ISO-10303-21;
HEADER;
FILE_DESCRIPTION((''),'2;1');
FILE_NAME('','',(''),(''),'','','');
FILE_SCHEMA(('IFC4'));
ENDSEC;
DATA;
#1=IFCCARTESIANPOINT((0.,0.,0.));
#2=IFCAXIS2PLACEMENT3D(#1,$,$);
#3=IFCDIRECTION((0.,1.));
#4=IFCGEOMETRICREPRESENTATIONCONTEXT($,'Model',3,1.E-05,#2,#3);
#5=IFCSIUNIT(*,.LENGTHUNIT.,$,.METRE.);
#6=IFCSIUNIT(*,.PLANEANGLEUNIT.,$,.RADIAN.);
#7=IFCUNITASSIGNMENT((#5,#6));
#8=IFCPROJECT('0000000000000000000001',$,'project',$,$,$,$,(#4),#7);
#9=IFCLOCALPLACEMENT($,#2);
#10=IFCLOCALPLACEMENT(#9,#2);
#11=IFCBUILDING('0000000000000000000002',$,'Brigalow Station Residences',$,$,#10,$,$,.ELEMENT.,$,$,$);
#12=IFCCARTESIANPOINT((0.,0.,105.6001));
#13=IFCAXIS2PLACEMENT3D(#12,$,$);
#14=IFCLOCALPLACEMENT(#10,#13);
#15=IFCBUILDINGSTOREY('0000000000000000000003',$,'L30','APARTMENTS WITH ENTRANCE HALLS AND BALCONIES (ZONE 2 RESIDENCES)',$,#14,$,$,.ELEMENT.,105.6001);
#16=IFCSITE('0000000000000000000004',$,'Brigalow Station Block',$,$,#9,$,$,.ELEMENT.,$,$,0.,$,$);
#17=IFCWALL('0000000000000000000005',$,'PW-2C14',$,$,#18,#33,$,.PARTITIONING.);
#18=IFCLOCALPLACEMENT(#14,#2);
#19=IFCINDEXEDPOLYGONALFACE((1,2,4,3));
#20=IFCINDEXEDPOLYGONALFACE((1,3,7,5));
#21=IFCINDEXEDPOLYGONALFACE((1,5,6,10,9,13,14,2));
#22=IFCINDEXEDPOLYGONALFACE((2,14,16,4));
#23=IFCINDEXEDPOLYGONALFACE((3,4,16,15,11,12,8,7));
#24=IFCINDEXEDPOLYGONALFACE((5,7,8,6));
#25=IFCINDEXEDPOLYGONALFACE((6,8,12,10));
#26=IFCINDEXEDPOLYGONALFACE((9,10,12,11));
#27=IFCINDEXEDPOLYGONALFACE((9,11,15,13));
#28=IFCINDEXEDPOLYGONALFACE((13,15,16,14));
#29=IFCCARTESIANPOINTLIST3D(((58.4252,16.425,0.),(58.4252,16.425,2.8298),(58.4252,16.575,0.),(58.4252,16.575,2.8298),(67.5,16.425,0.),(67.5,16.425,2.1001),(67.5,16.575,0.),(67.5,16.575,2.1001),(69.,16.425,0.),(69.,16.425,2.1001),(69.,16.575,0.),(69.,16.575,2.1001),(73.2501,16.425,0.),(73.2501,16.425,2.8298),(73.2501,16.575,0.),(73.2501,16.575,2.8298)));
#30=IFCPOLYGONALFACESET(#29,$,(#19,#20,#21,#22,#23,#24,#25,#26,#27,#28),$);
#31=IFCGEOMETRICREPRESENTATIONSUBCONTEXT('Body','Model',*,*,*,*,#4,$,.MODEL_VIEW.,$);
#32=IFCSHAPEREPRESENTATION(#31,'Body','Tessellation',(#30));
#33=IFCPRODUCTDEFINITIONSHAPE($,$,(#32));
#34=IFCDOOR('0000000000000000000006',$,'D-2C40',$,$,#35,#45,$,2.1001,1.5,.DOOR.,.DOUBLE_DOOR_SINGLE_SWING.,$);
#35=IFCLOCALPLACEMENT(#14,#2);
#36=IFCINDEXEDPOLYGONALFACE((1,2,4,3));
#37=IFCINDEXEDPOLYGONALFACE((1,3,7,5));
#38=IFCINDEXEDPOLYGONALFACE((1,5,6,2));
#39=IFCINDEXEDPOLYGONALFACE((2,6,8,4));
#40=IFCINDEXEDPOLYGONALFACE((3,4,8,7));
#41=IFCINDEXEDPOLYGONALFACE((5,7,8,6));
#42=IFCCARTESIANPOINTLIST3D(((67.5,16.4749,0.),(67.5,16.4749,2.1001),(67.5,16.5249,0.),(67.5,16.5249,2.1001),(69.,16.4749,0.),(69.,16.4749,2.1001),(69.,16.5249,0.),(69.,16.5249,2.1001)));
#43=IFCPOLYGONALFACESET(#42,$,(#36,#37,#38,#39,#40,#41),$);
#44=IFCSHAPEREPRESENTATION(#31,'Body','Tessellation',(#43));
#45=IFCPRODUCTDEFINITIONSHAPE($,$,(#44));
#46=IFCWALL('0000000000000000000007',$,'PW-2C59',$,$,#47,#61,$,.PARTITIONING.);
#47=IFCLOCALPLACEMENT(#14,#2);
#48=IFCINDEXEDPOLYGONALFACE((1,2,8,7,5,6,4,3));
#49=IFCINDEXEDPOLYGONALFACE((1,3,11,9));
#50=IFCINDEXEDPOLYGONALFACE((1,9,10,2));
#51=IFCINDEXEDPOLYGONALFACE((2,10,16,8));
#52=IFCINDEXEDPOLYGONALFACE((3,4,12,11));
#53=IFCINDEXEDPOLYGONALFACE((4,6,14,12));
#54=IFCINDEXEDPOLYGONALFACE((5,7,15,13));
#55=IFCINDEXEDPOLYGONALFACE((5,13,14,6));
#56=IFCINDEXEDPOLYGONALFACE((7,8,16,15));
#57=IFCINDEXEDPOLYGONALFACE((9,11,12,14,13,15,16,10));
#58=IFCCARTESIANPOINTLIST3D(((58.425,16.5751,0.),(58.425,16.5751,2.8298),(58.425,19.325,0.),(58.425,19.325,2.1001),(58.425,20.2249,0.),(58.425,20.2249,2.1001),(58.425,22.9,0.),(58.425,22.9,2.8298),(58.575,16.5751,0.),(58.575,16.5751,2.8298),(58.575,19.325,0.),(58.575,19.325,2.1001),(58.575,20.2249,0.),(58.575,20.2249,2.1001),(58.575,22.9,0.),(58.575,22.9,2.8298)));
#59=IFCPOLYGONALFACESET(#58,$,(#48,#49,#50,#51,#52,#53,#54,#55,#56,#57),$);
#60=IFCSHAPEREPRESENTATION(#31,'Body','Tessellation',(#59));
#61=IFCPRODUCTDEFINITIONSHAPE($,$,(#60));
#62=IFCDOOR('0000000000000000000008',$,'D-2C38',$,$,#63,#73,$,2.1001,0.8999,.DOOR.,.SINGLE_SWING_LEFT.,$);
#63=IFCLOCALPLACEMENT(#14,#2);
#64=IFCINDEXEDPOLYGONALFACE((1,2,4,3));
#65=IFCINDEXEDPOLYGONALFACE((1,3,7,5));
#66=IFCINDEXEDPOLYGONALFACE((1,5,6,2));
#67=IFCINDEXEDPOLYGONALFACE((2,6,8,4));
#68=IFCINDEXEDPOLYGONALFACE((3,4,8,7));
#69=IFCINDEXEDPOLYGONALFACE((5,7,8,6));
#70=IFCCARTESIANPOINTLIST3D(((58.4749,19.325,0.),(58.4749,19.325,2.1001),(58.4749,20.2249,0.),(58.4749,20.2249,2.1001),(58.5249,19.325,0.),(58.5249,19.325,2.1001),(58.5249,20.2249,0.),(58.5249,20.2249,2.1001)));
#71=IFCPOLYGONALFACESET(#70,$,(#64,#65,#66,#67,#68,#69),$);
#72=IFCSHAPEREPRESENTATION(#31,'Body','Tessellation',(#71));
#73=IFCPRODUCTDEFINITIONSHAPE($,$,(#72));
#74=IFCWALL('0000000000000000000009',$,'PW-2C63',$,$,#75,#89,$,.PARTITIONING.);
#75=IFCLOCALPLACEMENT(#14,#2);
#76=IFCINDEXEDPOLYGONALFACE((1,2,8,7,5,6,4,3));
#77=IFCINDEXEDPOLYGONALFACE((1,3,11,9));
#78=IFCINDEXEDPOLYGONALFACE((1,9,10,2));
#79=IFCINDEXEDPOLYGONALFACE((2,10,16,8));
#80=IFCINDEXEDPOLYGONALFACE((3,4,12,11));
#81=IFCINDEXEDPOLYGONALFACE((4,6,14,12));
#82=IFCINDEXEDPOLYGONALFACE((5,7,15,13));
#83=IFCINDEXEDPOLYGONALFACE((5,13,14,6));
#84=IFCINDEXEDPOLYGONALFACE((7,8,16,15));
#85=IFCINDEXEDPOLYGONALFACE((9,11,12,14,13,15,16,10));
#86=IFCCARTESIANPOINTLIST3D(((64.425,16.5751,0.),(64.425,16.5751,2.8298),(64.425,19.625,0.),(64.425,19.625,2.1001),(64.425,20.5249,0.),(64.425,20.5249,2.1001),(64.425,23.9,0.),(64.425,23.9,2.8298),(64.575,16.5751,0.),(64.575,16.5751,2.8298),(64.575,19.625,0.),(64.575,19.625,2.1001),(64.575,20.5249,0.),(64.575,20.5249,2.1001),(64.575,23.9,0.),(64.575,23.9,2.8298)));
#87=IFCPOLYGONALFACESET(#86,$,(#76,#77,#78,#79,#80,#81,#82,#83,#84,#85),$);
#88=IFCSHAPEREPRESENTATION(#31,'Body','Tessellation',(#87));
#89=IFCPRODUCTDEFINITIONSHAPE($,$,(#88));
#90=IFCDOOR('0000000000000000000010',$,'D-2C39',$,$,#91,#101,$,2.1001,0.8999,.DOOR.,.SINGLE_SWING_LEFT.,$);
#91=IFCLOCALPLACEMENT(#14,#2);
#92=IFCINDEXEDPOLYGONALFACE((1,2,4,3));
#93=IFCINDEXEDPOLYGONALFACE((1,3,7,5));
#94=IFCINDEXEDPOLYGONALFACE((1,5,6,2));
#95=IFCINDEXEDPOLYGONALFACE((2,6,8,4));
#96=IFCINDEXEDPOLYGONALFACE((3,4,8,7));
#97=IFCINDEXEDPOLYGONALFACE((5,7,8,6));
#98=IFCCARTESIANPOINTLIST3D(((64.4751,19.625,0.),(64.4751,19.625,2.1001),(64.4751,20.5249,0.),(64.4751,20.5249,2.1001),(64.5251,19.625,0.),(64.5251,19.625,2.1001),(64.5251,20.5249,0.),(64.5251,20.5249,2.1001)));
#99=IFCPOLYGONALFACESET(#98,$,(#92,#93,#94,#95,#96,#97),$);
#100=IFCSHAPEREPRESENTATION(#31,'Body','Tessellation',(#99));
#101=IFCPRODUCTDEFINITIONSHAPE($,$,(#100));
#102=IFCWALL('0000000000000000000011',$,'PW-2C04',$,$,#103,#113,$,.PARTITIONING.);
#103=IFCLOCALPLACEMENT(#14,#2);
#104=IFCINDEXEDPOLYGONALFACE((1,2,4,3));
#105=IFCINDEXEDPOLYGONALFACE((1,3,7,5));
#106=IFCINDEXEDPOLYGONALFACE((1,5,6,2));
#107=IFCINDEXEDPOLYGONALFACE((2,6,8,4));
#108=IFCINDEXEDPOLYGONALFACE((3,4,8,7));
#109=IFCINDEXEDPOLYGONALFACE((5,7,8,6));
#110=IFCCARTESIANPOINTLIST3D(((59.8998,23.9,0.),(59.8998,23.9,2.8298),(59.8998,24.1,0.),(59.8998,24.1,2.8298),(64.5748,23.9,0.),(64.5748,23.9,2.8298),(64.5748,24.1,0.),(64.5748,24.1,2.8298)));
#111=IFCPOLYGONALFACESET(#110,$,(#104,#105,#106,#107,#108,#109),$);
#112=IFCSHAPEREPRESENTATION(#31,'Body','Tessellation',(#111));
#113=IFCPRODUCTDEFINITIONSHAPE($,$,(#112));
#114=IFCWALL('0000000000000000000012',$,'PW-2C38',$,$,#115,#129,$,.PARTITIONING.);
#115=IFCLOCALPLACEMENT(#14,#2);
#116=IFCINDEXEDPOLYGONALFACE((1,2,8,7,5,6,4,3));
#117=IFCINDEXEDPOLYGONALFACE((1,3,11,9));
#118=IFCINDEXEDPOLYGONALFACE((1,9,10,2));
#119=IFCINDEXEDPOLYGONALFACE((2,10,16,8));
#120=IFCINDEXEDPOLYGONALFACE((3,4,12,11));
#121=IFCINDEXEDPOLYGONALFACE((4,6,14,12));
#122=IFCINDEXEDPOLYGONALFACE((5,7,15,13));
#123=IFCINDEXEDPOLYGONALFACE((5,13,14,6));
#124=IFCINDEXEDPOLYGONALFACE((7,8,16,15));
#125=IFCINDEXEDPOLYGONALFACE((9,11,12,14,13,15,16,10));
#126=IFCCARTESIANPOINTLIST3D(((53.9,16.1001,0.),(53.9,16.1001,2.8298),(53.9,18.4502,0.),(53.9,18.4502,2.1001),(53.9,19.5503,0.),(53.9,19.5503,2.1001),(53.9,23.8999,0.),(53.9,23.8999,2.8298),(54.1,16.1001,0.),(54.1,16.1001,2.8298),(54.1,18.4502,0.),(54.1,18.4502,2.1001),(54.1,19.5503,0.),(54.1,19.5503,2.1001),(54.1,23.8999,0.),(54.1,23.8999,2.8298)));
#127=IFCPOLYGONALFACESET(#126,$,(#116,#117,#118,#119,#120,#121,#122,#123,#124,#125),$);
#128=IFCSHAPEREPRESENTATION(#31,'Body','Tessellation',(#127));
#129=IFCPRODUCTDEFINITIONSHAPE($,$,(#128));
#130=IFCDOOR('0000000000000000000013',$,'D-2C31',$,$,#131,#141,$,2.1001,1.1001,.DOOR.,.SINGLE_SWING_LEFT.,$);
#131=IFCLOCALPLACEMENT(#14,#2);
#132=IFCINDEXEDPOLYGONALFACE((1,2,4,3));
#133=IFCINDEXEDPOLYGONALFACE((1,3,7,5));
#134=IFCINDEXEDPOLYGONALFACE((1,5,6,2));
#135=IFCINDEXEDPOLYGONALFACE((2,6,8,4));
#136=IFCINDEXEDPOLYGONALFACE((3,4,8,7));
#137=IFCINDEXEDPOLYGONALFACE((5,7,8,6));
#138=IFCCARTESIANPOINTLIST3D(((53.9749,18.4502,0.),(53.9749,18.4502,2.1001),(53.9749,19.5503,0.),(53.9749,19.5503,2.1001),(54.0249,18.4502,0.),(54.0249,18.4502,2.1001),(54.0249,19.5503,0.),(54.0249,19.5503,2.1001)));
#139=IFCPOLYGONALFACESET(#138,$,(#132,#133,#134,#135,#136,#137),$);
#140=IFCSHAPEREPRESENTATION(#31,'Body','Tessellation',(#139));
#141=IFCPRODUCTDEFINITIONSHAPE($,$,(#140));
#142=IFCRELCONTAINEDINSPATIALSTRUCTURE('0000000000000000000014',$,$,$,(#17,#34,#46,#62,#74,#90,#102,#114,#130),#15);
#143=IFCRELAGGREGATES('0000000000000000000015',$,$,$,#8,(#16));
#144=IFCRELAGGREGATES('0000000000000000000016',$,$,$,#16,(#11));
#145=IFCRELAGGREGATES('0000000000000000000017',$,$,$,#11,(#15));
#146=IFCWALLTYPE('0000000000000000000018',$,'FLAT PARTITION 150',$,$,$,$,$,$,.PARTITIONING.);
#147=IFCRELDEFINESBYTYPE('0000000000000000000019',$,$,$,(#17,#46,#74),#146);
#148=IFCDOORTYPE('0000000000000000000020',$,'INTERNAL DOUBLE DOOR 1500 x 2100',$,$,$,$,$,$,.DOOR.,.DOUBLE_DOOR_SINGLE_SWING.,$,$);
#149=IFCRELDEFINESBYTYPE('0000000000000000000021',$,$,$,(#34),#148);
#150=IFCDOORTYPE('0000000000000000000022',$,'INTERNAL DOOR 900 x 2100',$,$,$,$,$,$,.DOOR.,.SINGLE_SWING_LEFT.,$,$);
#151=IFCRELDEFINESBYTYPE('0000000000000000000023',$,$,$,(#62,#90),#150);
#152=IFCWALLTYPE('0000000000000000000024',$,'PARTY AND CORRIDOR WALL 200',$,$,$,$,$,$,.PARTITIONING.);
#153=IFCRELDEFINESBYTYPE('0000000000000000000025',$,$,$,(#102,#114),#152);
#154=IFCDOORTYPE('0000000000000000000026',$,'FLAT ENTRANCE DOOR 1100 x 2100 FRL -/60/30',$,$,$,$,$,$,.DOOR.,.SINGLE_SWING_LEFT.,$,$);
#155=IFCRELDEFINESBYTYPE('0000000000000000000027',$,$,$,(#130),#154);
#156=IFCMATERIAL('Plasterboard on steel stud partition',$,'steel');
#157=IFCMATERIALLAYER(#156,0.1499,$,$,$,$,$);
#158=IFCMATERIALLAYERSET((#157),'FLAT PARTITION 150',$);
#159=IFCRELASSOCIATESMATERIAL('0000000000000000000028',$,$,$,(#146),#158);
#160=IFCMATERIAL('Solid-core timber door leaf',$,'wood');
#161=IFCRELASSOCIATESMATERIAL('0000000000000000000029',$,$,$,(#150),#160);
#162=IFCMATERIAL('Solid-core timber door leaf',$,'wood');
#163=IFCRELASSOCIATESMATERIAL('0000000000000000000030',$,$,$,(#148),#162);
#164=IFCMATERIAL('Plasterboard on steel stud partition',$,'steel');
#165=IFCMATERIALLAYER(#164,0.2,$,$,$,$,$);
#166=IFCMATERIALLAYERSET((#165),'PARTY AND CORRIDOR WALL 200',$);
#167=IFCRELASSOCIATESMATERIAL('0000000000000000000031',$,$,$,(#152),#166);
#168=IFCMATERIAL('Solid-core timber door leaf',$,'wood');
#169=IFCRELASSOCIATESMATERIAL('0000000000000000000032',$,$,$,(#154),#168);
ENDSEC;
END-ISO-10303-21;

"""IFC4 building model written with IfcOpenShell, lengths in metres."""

from ifc_helpers import new_model, si_unit, direction, frame, frame_2d, origin, place, context, subcontext, project, spatial, rectangle, extrude, material, layer, layer_set, type_object, element, fill, save


model = new_model("IFC4")

# Units and contexts
model_context = context("Model", 3, precision=1e-05, world=origin(), true_north=direction((0.0, 1.0)))
body_context = subcontext(model_context, "Body", "Model", "MODEL_VIEW")
ifc_project = project(units=[si_unit("LENGTHUNIT", "METRE"), si_unit("PLANEANGLEUNIT", "RADIAN")], contexts=[model_context])

# Site, building, storey
site_placement = place(None, origin())
site = spatial("IfcSite", under=ifc_project, at=site_placement, Name="Brigalow Station Block", CompositionType="ELEMENT", RefElevation=0.0)
building_placement = place(site_placement, origin())
building = spatial("IfcBuilding", under=site, at=building_placement, Name="Brigalow Station Residences", CompositionType="ELEMENT")
storey_placement = place(building_placement, frame((0.0, 0.0, 105.6001)))
storey = spatial("IfcBuildingStorey", under=building, at=storey_placement, Name="L30", Description="APARTMENTS WITH ENTRANCE HALLS AND BALCONIES (ZONE 2 RESIDENCES)", CompositionType="ELEMENT", Elevation=105.6001)

# Shared definitions
ifc_material_1 = material(Name="Plasterboard on steel stud partition", Category="steel")
ifc_layer_1 = layer(ifc_material_1, 0.1499)
ifc_layer_set_1 = layer_set([ifc_layer_1], Name="FLAT PARTITION 150")
wall_type_1 = type_object("IfcWallType", Name="FLAT PARTITION 150", PredefinedType="PARTITIONING", material=ifc_layer_set_1)
ifc_material_2 = material(Name="Solid-core timber door leaf", Category="wood")
door_type_1 = type_object("IfcDoorType", Name="INTERNAL DOOR 900 x 2100", OperationType="SINGLE_SWING_LEFT", PredefinedType="DOOR", material=ifc_material_2)

# Walls, openings, doors
wall_1_placement = place(storey_placement, frame((58.425, 16.5, 0.0), z_axis=(0.0, 0.0, 1.0), x_axis=(1.0, 0.0, 0.0)))
wall_1 = element("IfcWall", 1, at=wall_1_placement, inside=storey, type_object=wall_type_1, Name="PW-2C14", PredefinedType="PARTITIONING", context=body_context, shape_type="SweptSolid", body=[
    extrude(rectangle(XDim=14.825, YDim=0.1499, at=frame_2d((7.4126, 0.0))), origin(), (0.0, 0.0, 1.0), 2.8298),
])
opening_1_placement = place(wall_1_placement, frame((9.075, 0.0, 0.0)))
opening_1 = element("IfcOpeningElement", 2, at=opening_1_placement, cuts=wall_1, PredefinedType="OPENING", context=body_context, shape_type="SweptSolid", body=[
    extrude(rectangle(XDim=1.5, YDim=2.1001, at=frame_2d((0.75, 1.05))), frame((0.0, 0.085, 0.0), z_axis=(0.0, -1.0, 0.0), x_axis=(1.0, 0.0, 0.0)), (0.0, 0.0, 1.0), 0.1699),
])
ifc_material_3 = material(Name="Solid-core timber door leaf", Category="wood")
door_type_2 = type_object("IfcDoorType", Name="INTERNAL DOUBLE DOOR 1500 x 2100", OperationType="DOUBLE_DOOR_SINGLE_SWING", PredefinedType="DOOR", material=ifc_material_3)
door_1_placement = place(opening_1_placement, origin())
door_1 = element("IfcDoor", 3, at=door_1_placement, inside=storey, type_object=door_type_2, Name="D-2C40", OperationType="DOUBLE_DOOR_SINGLE_SWING", OverallHeight=2.1001, OverallWidth=1.5, PredefinedType="DOOR", context=body_context, shape_type="SweptSolid", body=[
    extrude(rectangle(XDim=1.5, YDim=2.1001, at=frame_2d((0.75, 1.05))), frame((0.0, 0.0249, 0.0), z_axis=(0.0, -1.0, 0.0), x_axis=(1.0, 0.0, 0.0)), (0.0, 0.0, 1.0), 0.05),
])
fill(opening_1, door_1)
wall_2_placement = place(storey_placement, frame((58.5, 16.575, 0.0), z_axis=(0.0, 0.0, 1.0), x_axis=(0.0, 1.0, 0.0)))
wall_2 = element("IfcWall", 4, at=wall_2_placement, inside=storey, type_object=wall_type_1, Name="PW-2C59", PredefinedType="PARTITIONING", context=body_context, shape_type="SweptSolid", body=[
    extrude(rectangle(XDim=6.325, YDim=0.1499, at=frame_2d((3.1626, 0.0))), origin(), (0.0, 0.0, 1.0), 2.8298),
])
opening_2_placement = place(wall_2_placement, frame((2.75, 0.0, 0.0)))
opening_2 = element("IfcOpeningElement", 5, at=opening_2_placement, cuts=wall_2, PredefinedType="OPENING", context=body_context, shape_type="SweptSolid", body=[
    extrude(rectangle(XDim=0.8999, YDim=2.1001, at=frame_2d((0.45, 1.05))), frame((0.0, 0.085, 0.0), z_axis=(0.0, -1.0, 0.0), x_axis=(1.0, 0.0, 0.0)), (0.0, 0.0, 1.0), 0.1699),
])
door_2_placement = place(opening_2_placement, frame((0.8999, 0.0, 0.0), z_axis=(0.0, 0.0, 1.0), x_axis=(-1.0, 0.0, 0.0)))
door_2 = element("IfcDoor", 6, at=door_2_placement, inside=storey, type_object=door_type_1, Name="D-2C38", OperationType="SINGLE_SWING_LEFT", OverallHeight=2.1001, OverallWidth=0.8999, PredefinedType="DOOR", context=body_context, shape_type="SweptSolid", body=[
    extrude(rectangle(XDim=0.8999, YDim=2.1001, at=frame_2d((0.45, 1.05))), frame((0.0, 0.0249, 0.0), z_axis=(0.0, -1.0, 0.0), x_axis=(1.0, 0.0, 0.0)), (0.0, 0.0, 1.0), 0.05),
])
fill(opening_2, door_2)
wall_3_placement = place(storey_placement, frame((64.5, 16.575, 0.0), z_axis=(0.0, 0.0, 1.0), x_axis=(0.0, 1.0, 0.0)))
wall_3 = element("IfcWall", 7, at=wall_3_placement, inside=storey, type_object=wall_type_1, Name="PW-2C63", PredefinedType="PARTITIONING", context=body_context, shape_type="SweptSolid", body=[
    extrude(rectangle(XDim=7.325, YDim=0.1499, at=frame_2d((3.6626, 0.0))), origin(), (0.0, 0.0, 1.0), 2.8298),
])
opening_3_placement = place(wall_3_placement, frame((3.05, 0.0, 0.0)))
opening_3 = element("IfcOpeningElement", 8, at=opening_3_placement, cuts=wall_3, PredefinedType="OPENING", context=body_context, shape_type="SweptSolid", body=[
    extrude(rectangle(XDim=0.8999, YDim=2.1001, at=frame_2d((0.45, 1.05))), frame((0.0, 0.085, 0.0), z_axis=(0.0, -1.0, 0.0), x_axis=(1.0, 0.0, 0.0)), (0.0, 0.0, 1.0), 0.1699),
])
door_3_placement = place(opening_3_placement, origin())
door_3 = element("IfcDoor", 9, at=door_3_placement, inside=storey, type_object=door_type_1, Name="D-2C39", OperationType="SINGLE_SWING_LEFT", OverallHeight=2.1001, OverallWidth=0.8999, PredefinedType="DOOR", context=body_context, shape_type="SweptSolid", body=[
    extrude(rectangle(XDim=0.8999, YDim=2.1001, at=frame_2d((0.45, 1.05))), frame((0.0, 0.0249, 0.0), z_axis=(0.0, -1.0, 0.0), x_axis=(1.0, 0.0, 0.0)), (0.0, 0.0, 1.0), 0.05),
])
fill(opening_3, door_3)

# Wall
ifc_material_4 = material(Name="Plasterboard on steel stud partition", Category="steel")
ifc_layer_2 = layer(ifc_material_4, 0.2)
ifc_layer_set_2 = layer_set([ifc_layer_2], Name="PARTY AND CORRIDOR WALL 200")
wall_type_2 = type_object("IfcWallType", Name="PARTY AND CORRIDOR WALL 200", PredefinedType="PARTITIONING", material=ifc_layer_set_2)
wall_4_placement = place(storey_placement, frame((59.8999, 24.0, 0.0), z_axis=(0.0, 0.0, 1.0), x_axis=(1.0, 0.0, 0.0)))
element("IfcWall", 10, at=wall_4_placement, inside=storey, type_object=wall_type_2, Name="PW-2C04", PredefinedType="PARTITIONING", context=body_context, shape_type="SweptSolid", body=[
    extrude(rectangle(XDim=4.675, YDim=0.2, at=frame_2d((2.3374, 0.0))), origin(), (0.0, 0.0, 1.0), 2.8298),
])

# Wall, opening, door
wall_5_placement = place(storey_placement, frame((54.0, 16.1001, 0.0), z_axis=(0.0, 0.0, 1.0), x_axis=(0.0, 1.0, 0.0)))
wall_5 = element("IfcWall", 11, at=wall_5_placement, inside=storey, type_object=wall_type_2, Name="PW-2C38", PredefinedType="PARTITIONING", context=body_context, shape_type="SweptSolid", body=[
    extrude(rectangle(XDim=7.7998, YDim=0.2, at=frame_2d((3.8999, 0.0))), origin(), (0.0, 0.0, 1.0), 2.8298),
])
opening_4_placement = place(wall_5_placement, frame((2.3501, 0.0, 0.0)))
opening_4 = element("IfcOpeningElement", 12, at=opening_4_placement, cuts=wall_5, PredefinedType="OPENING", context=body_context, shape_type="SweptSolid", body=[
    extrude(rectangle(XDim=1.1001, YDim=2.1001, at=frame_2d((0.55, 1.05))), frame((0.0, 0.1099, 0.0), z_axis=(0.0, -1.0, 0.0), x_axis=(1.0, 0.0, 0.0)), (0.0, 0.0, 1.0), 0.22),
])
ifc_material_5 = material(Name="Solid-core timber door leaf", Category="wood")
door_type_3 = type_object("IfcDoorType", Name="FLAT ENTRANCE DOOR 1100 x 2100 FRL -/60/30", OperationType="SINGLE_SWING_LEFT", PredefinedType="DOOR", material=ifc_material_5)
door_4_placement = place(opening_4_placement, frame((1.1001, 0.0, 0.0), z_axis=(0.0, 0.0, 1.0), x_axis=(-1.0, 0.0, 0.0)))
door_4 = element("IfcDoor", 13, at=door_4_placement, inside=storey, type_object=door_type_3, Name="D-2C31", OperationType="SINGLE_SWING_LEFT", OverallHeight=2.1001, OverallWidth=1.1001, PredefinedType="DOOR", context=body_context, shape_type="SweptSolid", body=[
    extrude(rectangle(XDim=1.1001, YDim=2.1001, at=frame_2d((0.55, 1.05))), frame((0.0, 0.0249, 0.0), z_axis=(0.0, -1.0, 0.0), x_axis=(1.0, 0.0, 0.0)), (0.0, 0.0, 1.0), 0.05),
])
fill(opening_4, door_4)

save(model, "model.ifc")
